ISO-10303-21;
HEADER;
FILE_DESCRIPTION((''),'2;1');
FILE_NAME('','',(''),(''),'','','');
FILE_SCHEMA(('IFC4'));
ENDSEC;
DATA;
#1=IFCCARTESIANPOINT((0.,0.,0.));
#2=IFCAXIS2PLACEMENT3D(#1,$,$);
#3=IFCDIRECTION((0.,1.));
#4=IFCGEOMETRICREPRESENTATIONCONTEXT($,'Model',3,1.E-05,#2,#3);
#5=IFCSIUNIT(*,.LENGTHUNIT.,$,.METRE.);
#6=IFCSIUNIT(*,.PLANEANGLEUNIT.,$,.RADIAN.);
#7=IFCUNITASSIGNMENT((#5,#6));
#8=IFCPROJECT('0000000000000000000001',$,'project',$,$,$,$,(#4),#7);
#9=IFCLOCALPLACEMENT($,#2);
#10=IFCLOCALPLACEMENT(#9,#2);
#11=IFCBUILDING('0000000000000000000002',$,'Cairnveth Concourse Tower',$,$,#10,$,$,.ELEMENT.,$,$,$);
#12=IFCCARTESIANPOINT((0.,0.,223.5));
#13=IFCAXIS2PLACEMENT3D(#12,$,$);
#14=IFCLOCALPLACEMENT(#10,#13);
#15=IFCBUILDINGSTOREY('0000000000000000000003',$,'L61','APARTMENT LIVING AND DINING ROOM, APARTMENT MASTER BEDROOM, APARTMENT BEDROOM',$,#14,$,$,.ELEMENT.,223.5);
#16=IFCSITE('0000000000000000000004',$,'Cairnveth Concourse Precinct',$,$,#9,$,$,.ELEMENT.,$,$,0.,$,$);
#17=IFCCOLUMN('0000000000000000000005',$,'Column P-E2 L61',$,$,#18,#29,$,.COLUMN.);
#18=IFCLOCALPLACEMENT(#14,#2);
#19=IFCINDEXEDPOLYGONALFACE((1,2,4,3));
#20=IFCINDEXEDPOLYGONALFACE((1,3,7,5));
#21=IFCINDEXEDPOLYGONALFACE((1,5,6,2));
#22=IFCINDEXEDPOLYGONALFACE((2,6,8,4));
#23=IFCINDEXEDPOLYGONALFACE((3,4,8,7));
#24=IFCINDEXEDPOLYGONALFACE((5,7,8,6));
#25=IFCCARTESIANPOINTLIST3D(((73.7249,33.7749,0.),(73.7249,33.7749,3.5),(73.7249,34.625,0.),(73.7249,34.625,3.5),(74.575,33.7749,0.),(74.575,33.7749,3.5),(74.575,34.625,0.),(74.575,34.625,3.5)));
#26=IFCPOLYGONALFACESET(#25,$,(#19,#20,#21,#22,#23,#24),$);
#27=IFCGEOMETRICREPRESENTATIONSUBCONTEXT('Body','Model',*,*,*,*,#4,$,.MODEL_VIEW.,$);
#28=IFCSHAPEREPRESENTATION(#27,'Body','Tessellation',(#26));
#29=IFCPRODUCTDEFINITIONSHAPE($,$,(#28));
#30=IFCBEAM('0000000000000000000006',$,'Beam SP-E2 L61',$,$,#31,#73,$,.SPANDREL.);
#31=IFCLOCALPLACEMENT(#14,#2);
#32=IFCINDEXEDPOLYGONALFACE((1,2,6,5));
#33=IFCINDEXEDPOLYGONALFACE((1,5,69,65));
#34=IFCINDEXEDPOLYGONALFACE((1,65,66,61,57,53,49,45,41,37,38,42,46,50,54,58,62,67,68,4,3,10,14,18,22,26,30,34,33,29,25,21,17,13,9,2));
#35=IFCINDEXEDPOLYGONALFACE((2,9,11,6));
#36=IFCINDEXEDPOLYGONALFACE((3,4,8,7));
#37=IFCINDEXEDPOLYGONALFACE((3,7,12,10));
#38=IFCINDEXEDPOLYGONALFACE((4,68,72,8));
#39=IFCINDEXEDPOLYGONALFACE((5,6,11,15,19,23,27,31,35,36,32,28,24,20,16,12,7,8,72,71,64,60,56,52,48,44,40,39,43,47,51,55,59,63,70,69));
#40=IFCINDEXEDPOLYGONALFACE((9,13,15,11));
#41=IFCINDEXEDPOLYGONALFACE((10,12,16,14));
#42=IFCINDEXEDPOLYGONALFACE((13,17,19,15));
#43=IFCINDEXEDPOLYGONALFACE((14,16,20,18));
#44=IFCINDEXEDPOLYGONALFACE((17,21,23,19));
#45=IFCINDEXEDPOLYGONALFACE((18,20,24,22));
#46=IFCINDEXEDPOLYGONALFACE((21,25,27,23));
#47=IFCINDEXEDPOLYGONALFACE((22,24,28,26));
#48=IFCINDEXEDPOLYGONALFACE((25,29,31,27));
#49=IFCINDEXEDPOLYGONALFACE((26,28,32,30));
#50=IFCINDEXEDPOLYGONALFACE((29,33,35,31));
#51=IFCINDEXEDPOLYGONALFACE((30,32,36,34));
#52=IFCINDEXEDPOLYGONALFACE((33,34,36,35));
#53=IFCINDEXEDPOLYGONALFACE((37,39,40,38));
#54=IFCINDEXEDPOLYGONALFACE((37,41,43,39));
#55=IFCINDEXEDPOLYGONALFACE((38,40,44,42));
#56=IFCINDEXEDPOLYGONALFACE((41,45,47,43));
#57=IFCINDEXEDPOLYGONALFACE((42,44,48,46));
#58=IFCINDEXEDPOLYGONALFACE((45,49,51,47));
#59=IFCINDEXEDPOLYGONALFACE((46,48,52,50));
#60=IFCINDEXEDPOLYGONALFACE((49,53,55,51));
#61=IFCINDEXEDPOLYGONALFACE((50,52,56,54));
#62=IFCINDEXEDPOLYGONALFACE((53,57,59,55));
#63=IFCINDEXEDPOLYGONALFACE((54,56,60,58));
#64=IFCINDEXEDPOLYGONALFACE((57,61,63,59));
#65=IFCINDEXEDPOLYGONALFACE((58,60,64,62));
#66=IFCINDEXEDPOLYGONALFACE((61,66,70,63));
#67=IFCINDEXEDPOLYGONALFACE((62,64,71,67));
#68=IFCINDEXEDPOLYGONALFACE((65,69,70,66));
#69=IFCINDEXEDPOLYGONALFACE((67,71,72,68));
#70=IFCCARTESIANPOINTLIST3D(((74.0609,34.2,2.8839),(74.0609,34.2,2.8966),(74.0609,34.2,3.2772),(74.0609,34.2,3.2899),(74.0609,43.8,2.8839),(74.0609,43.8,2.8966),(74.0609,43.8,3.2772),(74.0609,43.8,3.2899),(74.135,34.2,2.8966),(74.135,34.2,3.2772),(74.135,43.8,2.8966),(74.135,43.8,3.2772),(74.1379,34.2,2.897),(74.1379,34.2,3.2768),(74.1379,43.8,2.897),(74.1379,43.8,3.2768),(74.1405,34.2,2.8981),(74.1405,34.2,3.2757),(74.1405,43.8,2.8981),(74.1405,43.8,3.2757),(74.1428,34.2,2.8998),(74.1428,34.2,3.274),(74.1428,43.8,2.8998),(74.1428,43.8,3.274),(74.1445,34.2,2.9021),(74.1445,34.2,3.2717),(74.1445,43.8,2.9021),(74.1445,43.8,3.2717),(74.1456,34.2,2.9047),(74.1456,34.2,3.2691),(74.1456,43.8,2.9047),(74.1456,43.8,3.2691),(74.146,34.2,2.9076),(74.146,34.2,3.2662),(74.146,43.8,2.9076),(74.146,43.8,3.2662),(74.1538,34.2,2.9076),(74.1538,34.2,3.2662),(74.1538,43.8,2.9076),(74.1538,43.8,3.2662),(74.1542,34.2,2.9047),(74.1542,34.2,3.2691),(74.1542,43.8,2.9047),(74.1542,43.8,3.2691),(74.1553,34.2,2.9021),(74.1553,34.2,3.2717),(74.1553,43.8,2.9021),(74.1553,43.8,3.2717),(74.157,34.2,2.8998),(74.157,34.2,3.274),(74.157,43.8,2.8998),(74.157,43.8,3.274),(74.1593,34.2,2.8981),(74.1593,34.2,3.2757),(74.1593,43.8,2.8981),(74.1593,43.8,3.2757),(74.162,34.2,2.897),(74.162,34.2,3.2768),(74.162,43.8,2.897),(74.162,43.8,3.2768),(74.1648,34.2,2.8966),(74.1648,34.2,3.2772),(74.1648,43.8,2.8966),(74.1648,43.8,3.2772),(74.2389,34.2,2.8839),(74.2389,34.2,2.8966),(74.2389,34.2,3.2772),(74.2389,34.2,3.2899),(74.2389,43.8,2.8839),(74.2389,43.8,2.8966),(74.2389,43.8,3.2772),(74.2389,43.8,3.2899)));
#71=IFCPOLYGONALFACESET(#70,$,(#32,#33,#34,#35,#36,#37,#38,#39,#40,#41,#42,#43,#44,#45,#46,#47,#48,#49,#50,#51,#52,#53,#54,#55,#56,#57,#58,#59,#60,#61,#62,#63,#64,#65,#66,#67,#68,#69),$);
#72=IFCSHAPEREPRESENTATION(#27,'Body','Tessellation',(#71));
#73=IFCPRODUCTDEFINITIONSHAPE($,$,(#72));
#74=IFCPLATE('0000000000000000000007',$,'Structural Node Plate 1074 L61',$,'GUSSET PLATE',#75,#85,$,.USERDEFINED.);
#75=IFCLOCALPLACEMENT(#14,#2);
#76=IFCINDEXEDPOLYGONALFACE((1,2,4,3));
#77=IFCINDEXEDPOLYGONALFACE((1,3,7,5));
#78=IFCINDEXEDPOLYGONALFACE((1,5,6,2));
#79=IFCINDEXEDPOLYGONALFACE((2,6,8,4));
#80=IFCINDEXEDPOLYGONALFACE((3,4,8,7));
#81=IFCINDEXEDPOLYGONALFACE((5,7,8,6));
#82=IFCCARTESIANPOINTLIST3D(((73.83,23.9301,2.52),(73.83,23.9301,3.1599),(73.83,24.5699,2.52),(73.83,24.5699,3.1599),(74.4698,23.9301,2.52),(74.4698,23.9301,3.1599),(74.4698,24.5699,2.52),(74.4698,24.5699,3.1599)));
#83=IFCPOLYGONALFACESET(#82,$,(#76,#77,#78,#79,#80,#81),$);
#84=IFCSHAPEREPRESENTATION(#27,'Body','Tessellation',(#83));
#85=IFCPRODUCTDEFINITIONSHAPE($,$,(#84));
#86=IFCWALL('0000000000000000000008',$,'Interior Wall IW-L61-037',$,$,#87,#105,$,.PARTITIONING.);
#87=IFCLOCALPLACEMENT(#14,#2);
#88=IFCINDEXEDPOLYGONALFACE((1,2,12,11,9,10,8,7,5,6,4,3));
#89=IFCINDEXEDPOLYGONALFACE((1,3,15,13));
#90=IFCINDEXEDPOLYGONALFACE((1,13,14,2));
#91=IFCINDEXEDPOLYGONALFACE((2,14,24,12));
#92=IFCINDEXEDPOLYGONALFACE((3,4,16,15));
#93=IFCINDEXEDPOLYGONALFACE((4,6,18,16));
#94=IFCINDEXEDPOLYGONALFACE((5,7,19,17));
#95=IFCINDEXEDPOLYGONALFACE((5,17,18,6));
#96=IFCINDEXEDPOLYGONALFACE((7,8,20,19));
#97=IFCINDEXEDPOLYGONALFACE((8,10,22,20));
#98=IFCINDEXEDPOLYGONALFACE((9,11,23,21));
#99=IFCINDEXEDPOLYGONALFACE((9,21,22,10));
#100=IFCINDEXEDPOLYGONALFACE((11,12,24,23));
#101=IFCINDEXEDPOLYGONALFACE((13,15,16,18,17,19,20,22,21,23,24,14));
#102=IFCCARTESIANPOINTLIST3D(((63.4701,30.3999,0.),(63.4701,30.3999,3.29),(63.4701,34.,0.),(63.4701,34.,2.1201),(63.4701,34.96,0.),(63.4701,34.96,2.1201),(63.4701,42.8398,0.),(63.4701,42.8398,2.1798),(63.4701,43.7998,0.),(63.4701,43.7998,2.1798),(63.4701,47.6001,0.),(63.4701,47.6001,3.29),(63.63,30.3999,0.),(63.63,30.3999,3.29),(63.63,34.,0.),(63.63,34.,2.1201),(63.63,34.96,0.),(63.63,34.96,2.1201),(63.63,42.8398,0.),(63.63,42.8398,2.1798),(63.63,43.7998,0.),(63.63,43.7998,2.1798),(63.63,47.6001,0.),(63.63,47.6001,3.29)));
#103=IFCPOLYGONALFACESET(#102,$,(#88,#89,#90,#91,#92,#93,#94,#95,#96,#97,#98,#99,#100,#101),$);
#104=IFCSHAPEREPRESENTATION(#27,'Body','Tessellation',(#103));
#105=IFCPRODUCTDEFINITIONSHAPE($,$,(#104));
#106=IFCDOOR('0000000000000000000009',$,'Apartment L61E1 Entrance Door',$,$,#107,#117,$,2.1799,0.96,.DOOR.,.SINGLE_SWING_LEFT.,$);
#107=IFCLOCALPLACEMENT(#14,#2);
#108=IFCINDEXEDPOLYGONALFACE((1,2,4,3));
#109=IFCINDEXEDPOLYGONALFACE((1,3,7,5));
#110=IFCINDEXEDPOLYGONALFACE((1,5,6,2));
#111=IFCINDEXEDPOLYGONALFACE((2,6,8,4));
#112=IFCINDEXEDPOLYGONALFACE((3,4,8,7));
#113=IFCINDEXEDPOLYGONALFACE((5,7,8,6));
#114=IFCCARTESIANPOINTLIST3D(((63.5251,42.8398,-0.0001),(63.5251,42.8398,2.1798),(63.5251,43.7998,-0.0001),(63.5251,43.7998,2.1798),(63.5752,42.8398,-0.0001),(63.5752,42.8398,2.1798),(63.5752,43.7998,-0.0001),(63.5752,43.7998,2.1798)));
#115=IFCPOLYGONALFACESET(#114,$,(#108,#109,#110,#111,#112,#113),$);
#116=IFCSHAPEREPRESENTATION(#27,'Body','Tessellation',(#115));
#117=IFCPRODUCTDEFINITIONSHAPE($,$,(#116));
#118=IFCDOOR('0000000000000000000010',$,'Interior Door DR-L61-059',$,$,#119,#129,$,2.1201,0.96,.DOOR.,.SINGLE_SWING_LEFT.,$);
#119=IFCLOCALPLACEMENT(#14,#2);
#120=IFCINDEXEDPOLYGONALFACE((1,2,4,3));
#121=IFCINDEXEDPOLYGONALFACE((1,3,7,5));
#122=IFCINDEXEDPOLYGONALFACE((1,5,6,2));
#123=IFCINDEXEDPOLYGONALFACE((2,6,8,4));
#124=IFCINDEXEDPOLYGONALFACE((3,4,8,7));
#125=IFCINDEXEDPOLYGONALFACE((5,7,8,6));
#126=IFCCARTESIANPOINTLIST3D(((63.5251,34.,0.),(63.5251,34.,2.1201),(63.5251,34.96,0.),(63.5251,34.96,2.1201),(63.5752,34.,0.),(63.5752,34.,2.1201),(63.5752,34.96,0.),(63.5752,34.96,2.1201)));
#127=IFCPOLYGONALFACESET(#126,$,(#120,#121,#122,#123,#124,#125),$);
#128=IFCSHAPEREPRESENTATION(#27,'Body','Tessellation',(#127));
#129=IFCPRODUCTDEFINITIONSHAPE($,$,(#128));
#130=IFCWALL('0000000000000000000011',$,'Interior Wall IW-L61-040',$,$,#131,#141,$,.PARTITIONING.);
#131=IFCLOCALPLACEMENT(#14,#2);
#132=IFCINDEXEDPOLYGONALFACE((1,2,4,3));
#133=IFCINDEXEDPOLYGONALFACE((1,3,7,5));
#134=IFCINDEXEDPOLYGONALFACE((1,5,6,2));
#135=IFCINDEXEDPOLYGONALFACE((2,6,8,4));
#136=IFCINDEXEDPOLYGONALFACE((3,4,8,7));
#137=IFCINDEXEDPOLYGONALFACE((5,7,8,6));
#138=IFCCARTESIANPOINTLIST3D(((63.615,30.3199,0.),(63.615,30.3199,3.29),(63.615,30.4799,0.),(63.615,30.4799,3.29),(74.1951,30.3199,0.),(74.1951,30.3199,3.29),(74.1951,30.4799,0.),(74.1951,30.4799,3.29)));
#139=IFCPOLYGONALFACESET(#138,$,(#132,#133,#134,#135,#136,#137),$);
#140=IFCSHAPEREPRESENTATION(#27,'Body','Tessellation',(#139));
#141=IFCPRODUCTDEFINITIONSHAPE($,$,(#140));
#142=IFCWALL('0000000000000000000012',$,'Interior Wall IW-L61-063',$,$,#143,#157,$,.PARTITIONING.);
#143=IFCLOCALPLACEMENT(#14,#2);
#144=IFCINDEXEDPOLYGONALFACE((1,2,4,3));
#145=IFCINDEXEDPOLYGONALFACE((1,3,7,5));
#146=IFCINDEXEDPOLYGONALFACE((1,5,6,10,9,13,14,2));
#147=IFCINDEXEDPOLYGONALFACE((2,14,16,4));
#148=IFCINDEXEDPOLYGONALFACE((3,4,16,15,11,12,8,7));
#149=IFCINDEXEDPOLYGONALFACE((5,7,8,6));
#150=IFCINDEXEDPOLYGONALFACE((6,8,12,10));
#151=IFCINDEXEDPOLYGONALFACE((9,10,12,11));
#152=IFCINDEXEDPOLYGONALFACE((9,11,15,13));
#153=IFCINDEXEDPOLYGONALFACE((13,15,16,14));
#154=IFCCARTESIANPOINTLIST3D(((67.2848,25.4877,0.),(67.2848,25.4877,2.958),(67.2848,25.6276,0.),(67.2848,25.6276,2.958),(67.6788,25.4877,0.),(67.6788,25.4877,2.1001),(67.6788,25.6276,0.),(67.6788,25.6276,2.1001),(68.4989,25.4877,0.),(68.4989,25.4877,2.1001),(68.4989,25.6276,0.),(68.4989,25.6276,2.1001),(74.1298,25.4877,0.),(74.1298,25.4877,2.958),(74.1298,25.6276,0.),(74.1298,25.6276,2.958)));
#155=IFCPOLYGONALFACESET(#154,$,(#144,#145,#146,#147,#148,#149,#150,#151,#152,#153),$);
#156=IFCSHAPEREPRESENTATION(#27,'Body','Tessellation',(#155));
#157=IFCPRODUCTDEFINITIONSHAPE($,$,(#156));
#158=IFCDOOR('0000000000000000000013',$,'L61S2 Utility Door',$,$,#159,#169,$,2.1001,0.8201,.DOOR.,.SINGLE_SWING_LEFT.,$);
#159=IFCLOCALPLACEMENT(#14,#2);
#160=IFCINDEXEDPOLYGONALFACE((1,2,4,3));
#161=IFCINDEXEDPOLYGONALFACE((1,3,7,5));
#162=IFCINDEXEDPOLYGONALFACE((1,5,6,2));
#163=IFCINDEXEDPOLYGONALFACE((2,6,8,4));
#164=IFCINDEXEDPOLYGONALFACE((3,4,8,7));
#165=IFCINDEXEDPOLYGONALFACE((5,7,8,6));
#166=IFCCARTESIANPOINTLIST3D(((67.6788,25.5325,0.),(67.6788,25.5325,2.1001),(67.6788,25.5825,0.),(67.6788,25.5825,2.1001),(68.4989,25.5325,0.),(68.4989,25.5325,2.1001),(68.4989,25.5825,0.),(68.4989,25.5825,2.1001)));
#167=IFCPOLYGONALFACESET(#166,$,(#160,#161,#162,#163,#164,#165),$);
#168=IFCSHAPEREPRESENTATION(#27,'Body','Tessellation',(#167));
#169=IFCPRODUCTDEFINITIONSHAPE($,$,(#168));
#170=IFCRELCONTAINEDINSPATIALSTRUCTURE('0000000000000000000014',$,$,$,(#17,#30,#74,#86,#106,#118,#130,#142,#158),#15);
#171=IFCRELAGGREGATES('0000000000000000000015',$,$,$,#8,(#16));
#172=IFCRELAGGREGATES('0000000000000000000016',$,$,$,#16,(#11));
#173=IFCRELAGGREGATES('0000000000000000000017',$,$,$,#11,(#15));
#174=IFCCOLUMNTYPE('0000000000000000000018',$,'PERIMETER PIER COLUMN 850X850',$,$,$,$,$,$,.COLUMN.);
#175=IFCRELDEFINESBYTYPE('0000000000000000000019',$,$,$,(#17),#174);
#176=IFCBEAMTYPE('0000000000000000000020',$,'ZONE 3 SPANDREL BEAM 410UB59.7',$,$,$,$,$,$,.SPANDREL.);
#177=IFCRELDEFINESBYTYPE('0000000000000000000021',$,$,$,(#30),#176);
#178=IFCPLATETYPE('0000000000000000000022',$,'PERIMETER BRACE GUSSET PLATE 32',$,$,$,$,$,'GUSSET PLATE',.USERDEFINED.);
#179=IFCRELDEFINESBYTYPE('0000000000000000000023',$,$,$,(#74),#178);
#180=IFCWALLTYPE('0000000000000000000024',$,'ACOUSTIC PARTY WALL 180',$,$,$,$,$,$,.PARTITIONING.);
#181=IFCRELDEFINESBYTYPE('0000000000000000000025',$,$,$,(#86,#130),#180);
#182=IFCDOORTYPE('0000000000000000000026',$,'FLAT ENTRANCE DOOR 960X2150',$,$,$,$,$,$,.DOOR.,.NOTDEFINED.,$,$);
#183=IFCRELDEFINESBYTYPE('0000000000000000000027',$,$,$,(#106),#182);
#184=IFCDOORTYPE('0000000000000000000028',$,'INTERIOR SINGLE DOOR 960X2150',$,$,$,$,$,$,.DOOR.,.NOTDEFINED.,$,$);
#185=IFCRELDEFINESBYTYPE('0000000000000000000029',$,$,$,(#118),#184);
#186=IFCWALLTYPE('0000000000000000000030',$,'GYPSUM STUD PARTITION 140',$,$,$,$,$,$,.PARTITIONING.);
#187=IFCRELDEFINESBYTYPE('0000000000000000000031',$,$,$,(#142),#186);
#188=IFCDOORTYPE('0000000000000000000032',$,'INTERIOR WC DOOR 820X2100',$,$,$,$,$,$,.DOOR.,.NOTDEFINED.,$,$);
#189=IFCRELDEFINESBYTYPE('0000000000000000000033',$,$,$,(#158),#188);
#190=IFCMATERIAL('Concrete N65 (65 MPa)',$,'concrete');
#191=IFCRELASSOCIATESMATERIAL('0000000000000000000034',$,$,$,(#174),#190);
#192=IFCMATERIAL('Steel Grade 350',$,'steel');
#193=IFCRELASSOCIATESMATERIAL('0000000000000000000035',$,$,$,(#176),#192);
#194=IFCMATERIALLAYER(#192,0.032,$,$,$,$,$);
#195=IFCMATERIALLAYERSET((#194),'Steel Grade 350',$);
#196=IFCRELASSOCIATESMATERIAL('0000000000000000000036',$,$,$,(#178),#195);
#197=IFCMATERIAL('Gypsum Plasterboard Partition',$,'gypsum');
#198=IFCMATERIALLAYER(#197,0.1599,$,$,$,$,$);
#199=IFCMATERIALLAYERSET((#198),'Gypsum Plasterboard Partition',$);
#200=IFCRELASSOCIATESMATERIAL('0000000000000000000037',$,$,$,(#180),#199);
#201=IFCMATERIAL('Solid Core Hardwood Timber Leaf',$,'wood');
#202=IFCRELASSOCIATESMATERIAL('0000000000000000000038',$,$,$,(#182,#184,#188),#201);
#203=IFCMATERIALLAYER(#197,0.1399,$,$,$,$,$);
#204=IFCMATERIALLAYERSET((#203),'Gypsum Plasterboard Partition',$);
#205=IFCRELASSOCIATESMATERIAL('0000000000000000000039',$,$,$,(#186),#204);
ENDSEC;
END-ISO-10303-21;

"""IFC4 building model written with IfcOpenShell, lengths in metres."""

from ifc_helpers import new_model, si_unit, direction, frame, frame_2d, origin, origin_2d, place, context, subcontext, project, spatial, rectangle, i_section, extrude, material, layer, layer_set, material_profile, profile_set, type_object, element, fill, save


model = new_model("IFC4")

# Units and contexts
model_context = context("Model", 3, precision=1e-05, world=origin(), true_north=direction((0.0, 1.0)))
body_context = subcontext(model_context, "Body", "Model", "MODEL_VIEW")
ifc_project = project(units=[si_unit("LENGTHUNIT", "METRE"), si_unit("PLANEANGLEUNIT", "RADIAN")], contexts=[model_context])

# Site, building, storey
site_placement = place(None, origin())
site = spatial("IfcSite", under=ifc_project, at=site_placement, Name="Cairnveth Concourse Precinct", CompositionType="ELEMENT", RefElevation=0.0)
building_placement = place(site_placement, origin())
building = spatial("IfcBuilding", under=site, at=building_placement, Name="Cairnveth Concourse Tower", CompositionType="ELEMENT")
storey_placement = place(building_placement, frame((0.0, 0.0, 223.5)))
storey = spatial("IfcBuildingStorey", under=building, at=storey_placement, Name="L61", Description="APARTMENT LIVING AND DINING ROOM, APARTMENT MASTER BEDROOM, APARTMENT BEDROOM", CompositionType="ELEMENT", Elevation=223.5)

# Column
ifc_material_1 = material(Name="Concrete N65 (65 MPa)", Category="concrete")
ifc_material_profile_1 = material_profile(ifc_material_1, rectangle(XDim=0.8501, YDim=0.8501, at=origin_2d()), Name="RC-COL-850x850")
ifc_profile_set_1 = profile_set([ifc_material_profile_1], Name="Concrete N65 (65 MPa)")
column_type = type_object("IfcColumnType", Name="PERIMETER PIER COLUMN 850X850", PredefinedType="COLUMN", material=ifc_profile_set_1)
column_placement = place(storey_placement, frame((74.1499, 34.2, 0.0), z_axis=(0.0, 0.0, 1.0), x_axis=(0.0, 1.0, 0.0)))
element("IfcColumn", 1, at=column_placement, inside=storey, type_object=column_type, Name="Column P-E2 L61", PredefinedType="COLUMN", context=body_context, shape_type="SweptSolid", body=[
    extrude(rectangle(XDim=0.8501, YDim=0.8501, at=origin_2d()), origin(), (0.0, 0.0, 1.0), 3.5),
])

# Beam
ifc_material_2 = material(Name="Steel Grade 350", Category="steel")
ifc_material_profile_2 = material_profile(ifc_material_2, i_section(OverallWidth=0.178, OverallDepth=0.406, WebThickness=0.0078, FlangeThickness=0.0127, FilletRadius=0.011, at=origin_2d()), Name="410UB59.7")
ifc_profile_set_2 = profile_set([ifc_material_profile_2], Name="Steel Grade 350")
beam_type = type_object("IfcBeamType", Name="ZONE 3 SPANDREL BEAM 410UB59.7", PredefinedType="SPANDREL", material=ifc_profile_set_2)
beam_placement = place(storey_placement, frame((74.1499, 34.2, 3.0869), z_axis=(0.0, 1.0, 0.0), x_axis=(-1.0, 0.0, 0.0)))
element("IfcBeam", 2, at=beam_placement, inside=storey, type_object=beam_type, Name="Beam SP-E2 L61", PredefinedType="SPANDREL", context=body_context, shape_type="SweptSolid", body=[
    extrude(i_section(OverallWidth=0.178, OverallDepth=0.406, WebThickness=0.0078, FlangeThickness=0.0127, FilletRadius=0.011, at=origin_2d()), origin(), (0.0, 0.0, 1.0), 9.6001),
])

# Plate
ifc_layer_1 = layer(ifc_material_2, 0.032)
ifc_layer_set_1 = layer_set([ifc_layer_1], Name="Steel Grade 350")
plate_type = type_object("IfcPlateType", Name="PERIMETER BRACE GUSSET PLATE 32", ElementType="GUSSET PLATE", PredefinedType="USERDEFINED", material=ifc_layer_set_1)
plate_placement = place(storey_placement, frame((74.1499, 24.25, 2.52), z_axis=(0.0, 0.0, 1.0), x_axis=(1.0, 0.0, 0.0)))
element("IfcPlate", 3, at=plate_placement, inside=storey, type_object=plate_type, Name="Structural Node Plate 1074 L61", ObjectType="GUSSET PLATE", PredefinedType="USERDEFINED", context=body_context, shape_type="SweptSolid", body=[
    extrude(rectangle(XDim=0.6399, YDim=0.6399, at=origin_2d()), origin(), (0.0, 0.0, 1.0), 0.6399),
])

# Wall, openings, doors
ifc_material_3 = material(Name="Gypsum Plasterboard Partition", Category="gypsum")
ifc_layer_2 = layer(ifc_material_3, 0.1599)
ifc_layer_set_2 = layer_set([ifc_layer_2], Name="Gypsum Plasterboard Partition")
wall_type_1 = type_object("IfcWallType", Name="ACOUSTIC PARTY WALL 180", PredefinedType="PARTITIONING", material=ifc_layer_set_2)
wall_1_placement = place(storey_placement, frame((63.55, 30.3999, 0.0), z_axis=(0.0, 0.0, 1.0), x_axis=(0.0, 1.0, 0.0)))
wall_1 = element("IfcWall", 4, at=wall_1_placement, inside=storey, type_object=wall_type_1, Name="Interior Wall IW-L61-037", PredefinedType="PARTITIONING", context=body_context, shape_type="SweptSolid", body=[
    extrude(rectangle(XDim=17.2002, YDim=0.1599, at=frame_2d((8.6001, 0.0))), origin(), (0.0, 0.0, 1.0), 3.29),
])
opening_1_placement = place(wall_1_placement, frame((3.6001, 0.0, 0.0)))
opening_1 = element("IfcOpeningElement", 5, at=opening_1_placement, cuts=wall_1, PredefinedType="OPENING", context=body_context, shape_type="SweptSolid", body=[
    extrude(rectangle(XDim=0.96, YDim=2.1201, at=frame_2d((0.48, 1.0601))), frame((0.0, 0.0898, 0.0), z_axis=(0.0, -1.0, 0.0), x_axis=(1.0, 0.0, 0.0)), (0.0, 0.0, 1.0), 0.1799),
])
opening_2_placement = place(wall_1_placement, frame((12.4399, 0.0, 0.0)))
opening_2 = element("IfcOpeningElement", 6, at=opening_2_placement, cuts=wall_1, PredefinedType="OPENING", context=body_context, shape_type="SweptSolid", body=[
    extrude(rectangle(XDim=0.96, YDim=2.1799, at=frame_2d((0.48, 1.0898))), frame((0.0, 0.0898, 0.0), z_axis=(0.0, -1.0, 0.0), x_axis=(1.0, 0.0, 0.0)), (0.0, 0.0, 1.0), 0.1799),
])
ifc_material_4 = material(Name="Solid Core Hardwood Timber Leaf", Category="wood")
door_type_1 = type_object("IfcDoorType", Name="FLAT ENTRANCE DOOR 960X2150", OperationType="NOTDEFINED", PredefinedType="DOOR", material=ifc_material_4)
door_1_placement = place(opening_2_placement, origin())
door_1 = element("IfcDoor", 7, at=door_1_placement, inside=storey, type_object=door_type_1, Name="Apartment L61E1 Entrance Door", OperationType="SINGLE_SWING_LEFT", OverallHeight=2.1799, OverallWidth=0.96, PredefinedType="DOOR", context=body_context, shape_type="SweptSolid", body=[
    extrude(rectangle(XDim=0.96, YDim=2.1799, at=frame_2d((0.48, 1.0898))), frame((0.0, 0.0249, 0.0), z_axis=(0.0, -1.0, 0.0), x_axis=(1.0, 0.0, 0.0)), (0.0, 0.0, 1.0), 0.05),
])
fill(opening_2, door_1)
door_type_2 = type_object("IfcDoorType", Name="INTERIOR SINGLE DOOR 960X2150", OperationType="NOTDEFINED", PredefinedType="DOOR", material=ifc_material_4)
door_2_placement = place(opening_1_placement, origin())
door_2 = element("IfcDoor", 8, at=door_2_placement, inside=storey, type_object=door_type_2, Name="Interior Door DR-L61-059", OperationType="SINGLE_SWING_LEFT", OverallHeight=2.1201, OverallWidth=0.96, PredefinedType="DOOR", context=body_context, shape_type="SweptSolid", body=[
    extrude(rectangle(XDim=0.96, YDim=2.1201, at=frame_2d((0.48, 1.0601))), frame((0.0, 0.0249, 0.0), z_axis=(0.0, -1.0, 0.0), x_axis=(1.0, 0.0, 0.0)), (0.0, 0.0, 1.0), 0.05),
])
fill(opening_1, door_2)

# Wall
wall_2_placement = place(storey_placement, frame((63.615, 30.3999, 0.0), z_axis=(0.0, 0.0, 1.0), x_axis=(1.0, 0.0, 0.0)))
element("IfcWall", 9, at=wall_2_placement, inside=storey, type_object=wall_type_1, Name="Interior Wall IW-L61-040", PredefinedType="PARTITIONING", context=body_context, shape_type="SweptSolid", body=[
    extrude(rectangle(XDim=10.5801, YDim=0.1599, at=frame_2d((5.29, 0.0))), origin(), (0.0, 0.0, 1.0), 3.29),
])

# Wall, opening, door
ifc_layer_3 = layer(ifc_material_3, 0.1399)
ifc_layer_set_3 = layer_set([ifc_layer_3], Name="Gypsum Plasterboard Partition")
wall_type_2 = type_object("IfcWallType", Name="GYPSUM STUD PARTITION 140", PredefinedType="PARTITIONING", material=ifc_layer_set_3)
wall_3_placement = place(storey_placement, frame((67.2849, 25.5576, 0.0), z_axis=(0.0, 0.0, 1.0), x_axis=(1.0, 0.0, 0.0)))
wall_3 = element("IfcWall", 10, at=wall_3_placement, inside=storey, type_object=wall_type_2, Name="Interior Wall IW-L61-063", PredefinedType="PARTITIONING", context=body_context, shape_type="SweptSolid", body=[
    extrude(rectangle(XDim=6.845, YDim=0.1399, at=frame_2d((3.4224, 0.0))), origin(), (0.0, 0.0, 1.0), 2.958),
])
opening_3_placement = place(wall_3_placement, frame((0.3938, 0.0, 0.0)))
opening_3 = element("IfcOpeningElement", 11, at=opening_3_placement, cuts=wall_3, PredefinedType="OPENING", context=body_context, shape_type="SweptSolid", body=[
    extrude(rectangle(XDim=0.8201, YDim=2.1001, at=frame_2d((0.4102, 1.05))), frame((0.0, 0.0798, 0.0), z_axis=(0.0, -1.0, 0.0), x_axis=(1.0, 0.0, 0.0)), (0.0, 0.0, 1.0), 0.1599),
])
door_type_3 = type_object("IfcDoorType", Name="INTERIOR WC DOOR 820X2100", OperationType="NOTDEFINED", PredefinedType="DOOR", material=ifc_material_4)
door_3_placement = place(opening_3_placement, origin())
door_3 = element("IfcDoor", 12, at=door_3_placement, inside=storey, type_object=door_type_3, Name="L61S2 Utility Door", OperationType="SINGLE_SWING_LEFT", OverallHeight=2.1001, OverallWidth=0.8201, PredefinedType="DOOR", context=body_context, shape_type="SweptSolid", body=[
    extrude(rectangle(XDim=0.8201, YDim=2.1001, at=frame_2d((0.4102, 1.05))), frame((0.0, 0.0249, 0.0), z_axis=(0.0, -1.0, 0.0), x_axis=(1.0, 0.0, 0.0)), (0.0, 0.0, 1.0), 0.05),
])
fill(opening_3, door_3)

save(model, "model.ifc")
